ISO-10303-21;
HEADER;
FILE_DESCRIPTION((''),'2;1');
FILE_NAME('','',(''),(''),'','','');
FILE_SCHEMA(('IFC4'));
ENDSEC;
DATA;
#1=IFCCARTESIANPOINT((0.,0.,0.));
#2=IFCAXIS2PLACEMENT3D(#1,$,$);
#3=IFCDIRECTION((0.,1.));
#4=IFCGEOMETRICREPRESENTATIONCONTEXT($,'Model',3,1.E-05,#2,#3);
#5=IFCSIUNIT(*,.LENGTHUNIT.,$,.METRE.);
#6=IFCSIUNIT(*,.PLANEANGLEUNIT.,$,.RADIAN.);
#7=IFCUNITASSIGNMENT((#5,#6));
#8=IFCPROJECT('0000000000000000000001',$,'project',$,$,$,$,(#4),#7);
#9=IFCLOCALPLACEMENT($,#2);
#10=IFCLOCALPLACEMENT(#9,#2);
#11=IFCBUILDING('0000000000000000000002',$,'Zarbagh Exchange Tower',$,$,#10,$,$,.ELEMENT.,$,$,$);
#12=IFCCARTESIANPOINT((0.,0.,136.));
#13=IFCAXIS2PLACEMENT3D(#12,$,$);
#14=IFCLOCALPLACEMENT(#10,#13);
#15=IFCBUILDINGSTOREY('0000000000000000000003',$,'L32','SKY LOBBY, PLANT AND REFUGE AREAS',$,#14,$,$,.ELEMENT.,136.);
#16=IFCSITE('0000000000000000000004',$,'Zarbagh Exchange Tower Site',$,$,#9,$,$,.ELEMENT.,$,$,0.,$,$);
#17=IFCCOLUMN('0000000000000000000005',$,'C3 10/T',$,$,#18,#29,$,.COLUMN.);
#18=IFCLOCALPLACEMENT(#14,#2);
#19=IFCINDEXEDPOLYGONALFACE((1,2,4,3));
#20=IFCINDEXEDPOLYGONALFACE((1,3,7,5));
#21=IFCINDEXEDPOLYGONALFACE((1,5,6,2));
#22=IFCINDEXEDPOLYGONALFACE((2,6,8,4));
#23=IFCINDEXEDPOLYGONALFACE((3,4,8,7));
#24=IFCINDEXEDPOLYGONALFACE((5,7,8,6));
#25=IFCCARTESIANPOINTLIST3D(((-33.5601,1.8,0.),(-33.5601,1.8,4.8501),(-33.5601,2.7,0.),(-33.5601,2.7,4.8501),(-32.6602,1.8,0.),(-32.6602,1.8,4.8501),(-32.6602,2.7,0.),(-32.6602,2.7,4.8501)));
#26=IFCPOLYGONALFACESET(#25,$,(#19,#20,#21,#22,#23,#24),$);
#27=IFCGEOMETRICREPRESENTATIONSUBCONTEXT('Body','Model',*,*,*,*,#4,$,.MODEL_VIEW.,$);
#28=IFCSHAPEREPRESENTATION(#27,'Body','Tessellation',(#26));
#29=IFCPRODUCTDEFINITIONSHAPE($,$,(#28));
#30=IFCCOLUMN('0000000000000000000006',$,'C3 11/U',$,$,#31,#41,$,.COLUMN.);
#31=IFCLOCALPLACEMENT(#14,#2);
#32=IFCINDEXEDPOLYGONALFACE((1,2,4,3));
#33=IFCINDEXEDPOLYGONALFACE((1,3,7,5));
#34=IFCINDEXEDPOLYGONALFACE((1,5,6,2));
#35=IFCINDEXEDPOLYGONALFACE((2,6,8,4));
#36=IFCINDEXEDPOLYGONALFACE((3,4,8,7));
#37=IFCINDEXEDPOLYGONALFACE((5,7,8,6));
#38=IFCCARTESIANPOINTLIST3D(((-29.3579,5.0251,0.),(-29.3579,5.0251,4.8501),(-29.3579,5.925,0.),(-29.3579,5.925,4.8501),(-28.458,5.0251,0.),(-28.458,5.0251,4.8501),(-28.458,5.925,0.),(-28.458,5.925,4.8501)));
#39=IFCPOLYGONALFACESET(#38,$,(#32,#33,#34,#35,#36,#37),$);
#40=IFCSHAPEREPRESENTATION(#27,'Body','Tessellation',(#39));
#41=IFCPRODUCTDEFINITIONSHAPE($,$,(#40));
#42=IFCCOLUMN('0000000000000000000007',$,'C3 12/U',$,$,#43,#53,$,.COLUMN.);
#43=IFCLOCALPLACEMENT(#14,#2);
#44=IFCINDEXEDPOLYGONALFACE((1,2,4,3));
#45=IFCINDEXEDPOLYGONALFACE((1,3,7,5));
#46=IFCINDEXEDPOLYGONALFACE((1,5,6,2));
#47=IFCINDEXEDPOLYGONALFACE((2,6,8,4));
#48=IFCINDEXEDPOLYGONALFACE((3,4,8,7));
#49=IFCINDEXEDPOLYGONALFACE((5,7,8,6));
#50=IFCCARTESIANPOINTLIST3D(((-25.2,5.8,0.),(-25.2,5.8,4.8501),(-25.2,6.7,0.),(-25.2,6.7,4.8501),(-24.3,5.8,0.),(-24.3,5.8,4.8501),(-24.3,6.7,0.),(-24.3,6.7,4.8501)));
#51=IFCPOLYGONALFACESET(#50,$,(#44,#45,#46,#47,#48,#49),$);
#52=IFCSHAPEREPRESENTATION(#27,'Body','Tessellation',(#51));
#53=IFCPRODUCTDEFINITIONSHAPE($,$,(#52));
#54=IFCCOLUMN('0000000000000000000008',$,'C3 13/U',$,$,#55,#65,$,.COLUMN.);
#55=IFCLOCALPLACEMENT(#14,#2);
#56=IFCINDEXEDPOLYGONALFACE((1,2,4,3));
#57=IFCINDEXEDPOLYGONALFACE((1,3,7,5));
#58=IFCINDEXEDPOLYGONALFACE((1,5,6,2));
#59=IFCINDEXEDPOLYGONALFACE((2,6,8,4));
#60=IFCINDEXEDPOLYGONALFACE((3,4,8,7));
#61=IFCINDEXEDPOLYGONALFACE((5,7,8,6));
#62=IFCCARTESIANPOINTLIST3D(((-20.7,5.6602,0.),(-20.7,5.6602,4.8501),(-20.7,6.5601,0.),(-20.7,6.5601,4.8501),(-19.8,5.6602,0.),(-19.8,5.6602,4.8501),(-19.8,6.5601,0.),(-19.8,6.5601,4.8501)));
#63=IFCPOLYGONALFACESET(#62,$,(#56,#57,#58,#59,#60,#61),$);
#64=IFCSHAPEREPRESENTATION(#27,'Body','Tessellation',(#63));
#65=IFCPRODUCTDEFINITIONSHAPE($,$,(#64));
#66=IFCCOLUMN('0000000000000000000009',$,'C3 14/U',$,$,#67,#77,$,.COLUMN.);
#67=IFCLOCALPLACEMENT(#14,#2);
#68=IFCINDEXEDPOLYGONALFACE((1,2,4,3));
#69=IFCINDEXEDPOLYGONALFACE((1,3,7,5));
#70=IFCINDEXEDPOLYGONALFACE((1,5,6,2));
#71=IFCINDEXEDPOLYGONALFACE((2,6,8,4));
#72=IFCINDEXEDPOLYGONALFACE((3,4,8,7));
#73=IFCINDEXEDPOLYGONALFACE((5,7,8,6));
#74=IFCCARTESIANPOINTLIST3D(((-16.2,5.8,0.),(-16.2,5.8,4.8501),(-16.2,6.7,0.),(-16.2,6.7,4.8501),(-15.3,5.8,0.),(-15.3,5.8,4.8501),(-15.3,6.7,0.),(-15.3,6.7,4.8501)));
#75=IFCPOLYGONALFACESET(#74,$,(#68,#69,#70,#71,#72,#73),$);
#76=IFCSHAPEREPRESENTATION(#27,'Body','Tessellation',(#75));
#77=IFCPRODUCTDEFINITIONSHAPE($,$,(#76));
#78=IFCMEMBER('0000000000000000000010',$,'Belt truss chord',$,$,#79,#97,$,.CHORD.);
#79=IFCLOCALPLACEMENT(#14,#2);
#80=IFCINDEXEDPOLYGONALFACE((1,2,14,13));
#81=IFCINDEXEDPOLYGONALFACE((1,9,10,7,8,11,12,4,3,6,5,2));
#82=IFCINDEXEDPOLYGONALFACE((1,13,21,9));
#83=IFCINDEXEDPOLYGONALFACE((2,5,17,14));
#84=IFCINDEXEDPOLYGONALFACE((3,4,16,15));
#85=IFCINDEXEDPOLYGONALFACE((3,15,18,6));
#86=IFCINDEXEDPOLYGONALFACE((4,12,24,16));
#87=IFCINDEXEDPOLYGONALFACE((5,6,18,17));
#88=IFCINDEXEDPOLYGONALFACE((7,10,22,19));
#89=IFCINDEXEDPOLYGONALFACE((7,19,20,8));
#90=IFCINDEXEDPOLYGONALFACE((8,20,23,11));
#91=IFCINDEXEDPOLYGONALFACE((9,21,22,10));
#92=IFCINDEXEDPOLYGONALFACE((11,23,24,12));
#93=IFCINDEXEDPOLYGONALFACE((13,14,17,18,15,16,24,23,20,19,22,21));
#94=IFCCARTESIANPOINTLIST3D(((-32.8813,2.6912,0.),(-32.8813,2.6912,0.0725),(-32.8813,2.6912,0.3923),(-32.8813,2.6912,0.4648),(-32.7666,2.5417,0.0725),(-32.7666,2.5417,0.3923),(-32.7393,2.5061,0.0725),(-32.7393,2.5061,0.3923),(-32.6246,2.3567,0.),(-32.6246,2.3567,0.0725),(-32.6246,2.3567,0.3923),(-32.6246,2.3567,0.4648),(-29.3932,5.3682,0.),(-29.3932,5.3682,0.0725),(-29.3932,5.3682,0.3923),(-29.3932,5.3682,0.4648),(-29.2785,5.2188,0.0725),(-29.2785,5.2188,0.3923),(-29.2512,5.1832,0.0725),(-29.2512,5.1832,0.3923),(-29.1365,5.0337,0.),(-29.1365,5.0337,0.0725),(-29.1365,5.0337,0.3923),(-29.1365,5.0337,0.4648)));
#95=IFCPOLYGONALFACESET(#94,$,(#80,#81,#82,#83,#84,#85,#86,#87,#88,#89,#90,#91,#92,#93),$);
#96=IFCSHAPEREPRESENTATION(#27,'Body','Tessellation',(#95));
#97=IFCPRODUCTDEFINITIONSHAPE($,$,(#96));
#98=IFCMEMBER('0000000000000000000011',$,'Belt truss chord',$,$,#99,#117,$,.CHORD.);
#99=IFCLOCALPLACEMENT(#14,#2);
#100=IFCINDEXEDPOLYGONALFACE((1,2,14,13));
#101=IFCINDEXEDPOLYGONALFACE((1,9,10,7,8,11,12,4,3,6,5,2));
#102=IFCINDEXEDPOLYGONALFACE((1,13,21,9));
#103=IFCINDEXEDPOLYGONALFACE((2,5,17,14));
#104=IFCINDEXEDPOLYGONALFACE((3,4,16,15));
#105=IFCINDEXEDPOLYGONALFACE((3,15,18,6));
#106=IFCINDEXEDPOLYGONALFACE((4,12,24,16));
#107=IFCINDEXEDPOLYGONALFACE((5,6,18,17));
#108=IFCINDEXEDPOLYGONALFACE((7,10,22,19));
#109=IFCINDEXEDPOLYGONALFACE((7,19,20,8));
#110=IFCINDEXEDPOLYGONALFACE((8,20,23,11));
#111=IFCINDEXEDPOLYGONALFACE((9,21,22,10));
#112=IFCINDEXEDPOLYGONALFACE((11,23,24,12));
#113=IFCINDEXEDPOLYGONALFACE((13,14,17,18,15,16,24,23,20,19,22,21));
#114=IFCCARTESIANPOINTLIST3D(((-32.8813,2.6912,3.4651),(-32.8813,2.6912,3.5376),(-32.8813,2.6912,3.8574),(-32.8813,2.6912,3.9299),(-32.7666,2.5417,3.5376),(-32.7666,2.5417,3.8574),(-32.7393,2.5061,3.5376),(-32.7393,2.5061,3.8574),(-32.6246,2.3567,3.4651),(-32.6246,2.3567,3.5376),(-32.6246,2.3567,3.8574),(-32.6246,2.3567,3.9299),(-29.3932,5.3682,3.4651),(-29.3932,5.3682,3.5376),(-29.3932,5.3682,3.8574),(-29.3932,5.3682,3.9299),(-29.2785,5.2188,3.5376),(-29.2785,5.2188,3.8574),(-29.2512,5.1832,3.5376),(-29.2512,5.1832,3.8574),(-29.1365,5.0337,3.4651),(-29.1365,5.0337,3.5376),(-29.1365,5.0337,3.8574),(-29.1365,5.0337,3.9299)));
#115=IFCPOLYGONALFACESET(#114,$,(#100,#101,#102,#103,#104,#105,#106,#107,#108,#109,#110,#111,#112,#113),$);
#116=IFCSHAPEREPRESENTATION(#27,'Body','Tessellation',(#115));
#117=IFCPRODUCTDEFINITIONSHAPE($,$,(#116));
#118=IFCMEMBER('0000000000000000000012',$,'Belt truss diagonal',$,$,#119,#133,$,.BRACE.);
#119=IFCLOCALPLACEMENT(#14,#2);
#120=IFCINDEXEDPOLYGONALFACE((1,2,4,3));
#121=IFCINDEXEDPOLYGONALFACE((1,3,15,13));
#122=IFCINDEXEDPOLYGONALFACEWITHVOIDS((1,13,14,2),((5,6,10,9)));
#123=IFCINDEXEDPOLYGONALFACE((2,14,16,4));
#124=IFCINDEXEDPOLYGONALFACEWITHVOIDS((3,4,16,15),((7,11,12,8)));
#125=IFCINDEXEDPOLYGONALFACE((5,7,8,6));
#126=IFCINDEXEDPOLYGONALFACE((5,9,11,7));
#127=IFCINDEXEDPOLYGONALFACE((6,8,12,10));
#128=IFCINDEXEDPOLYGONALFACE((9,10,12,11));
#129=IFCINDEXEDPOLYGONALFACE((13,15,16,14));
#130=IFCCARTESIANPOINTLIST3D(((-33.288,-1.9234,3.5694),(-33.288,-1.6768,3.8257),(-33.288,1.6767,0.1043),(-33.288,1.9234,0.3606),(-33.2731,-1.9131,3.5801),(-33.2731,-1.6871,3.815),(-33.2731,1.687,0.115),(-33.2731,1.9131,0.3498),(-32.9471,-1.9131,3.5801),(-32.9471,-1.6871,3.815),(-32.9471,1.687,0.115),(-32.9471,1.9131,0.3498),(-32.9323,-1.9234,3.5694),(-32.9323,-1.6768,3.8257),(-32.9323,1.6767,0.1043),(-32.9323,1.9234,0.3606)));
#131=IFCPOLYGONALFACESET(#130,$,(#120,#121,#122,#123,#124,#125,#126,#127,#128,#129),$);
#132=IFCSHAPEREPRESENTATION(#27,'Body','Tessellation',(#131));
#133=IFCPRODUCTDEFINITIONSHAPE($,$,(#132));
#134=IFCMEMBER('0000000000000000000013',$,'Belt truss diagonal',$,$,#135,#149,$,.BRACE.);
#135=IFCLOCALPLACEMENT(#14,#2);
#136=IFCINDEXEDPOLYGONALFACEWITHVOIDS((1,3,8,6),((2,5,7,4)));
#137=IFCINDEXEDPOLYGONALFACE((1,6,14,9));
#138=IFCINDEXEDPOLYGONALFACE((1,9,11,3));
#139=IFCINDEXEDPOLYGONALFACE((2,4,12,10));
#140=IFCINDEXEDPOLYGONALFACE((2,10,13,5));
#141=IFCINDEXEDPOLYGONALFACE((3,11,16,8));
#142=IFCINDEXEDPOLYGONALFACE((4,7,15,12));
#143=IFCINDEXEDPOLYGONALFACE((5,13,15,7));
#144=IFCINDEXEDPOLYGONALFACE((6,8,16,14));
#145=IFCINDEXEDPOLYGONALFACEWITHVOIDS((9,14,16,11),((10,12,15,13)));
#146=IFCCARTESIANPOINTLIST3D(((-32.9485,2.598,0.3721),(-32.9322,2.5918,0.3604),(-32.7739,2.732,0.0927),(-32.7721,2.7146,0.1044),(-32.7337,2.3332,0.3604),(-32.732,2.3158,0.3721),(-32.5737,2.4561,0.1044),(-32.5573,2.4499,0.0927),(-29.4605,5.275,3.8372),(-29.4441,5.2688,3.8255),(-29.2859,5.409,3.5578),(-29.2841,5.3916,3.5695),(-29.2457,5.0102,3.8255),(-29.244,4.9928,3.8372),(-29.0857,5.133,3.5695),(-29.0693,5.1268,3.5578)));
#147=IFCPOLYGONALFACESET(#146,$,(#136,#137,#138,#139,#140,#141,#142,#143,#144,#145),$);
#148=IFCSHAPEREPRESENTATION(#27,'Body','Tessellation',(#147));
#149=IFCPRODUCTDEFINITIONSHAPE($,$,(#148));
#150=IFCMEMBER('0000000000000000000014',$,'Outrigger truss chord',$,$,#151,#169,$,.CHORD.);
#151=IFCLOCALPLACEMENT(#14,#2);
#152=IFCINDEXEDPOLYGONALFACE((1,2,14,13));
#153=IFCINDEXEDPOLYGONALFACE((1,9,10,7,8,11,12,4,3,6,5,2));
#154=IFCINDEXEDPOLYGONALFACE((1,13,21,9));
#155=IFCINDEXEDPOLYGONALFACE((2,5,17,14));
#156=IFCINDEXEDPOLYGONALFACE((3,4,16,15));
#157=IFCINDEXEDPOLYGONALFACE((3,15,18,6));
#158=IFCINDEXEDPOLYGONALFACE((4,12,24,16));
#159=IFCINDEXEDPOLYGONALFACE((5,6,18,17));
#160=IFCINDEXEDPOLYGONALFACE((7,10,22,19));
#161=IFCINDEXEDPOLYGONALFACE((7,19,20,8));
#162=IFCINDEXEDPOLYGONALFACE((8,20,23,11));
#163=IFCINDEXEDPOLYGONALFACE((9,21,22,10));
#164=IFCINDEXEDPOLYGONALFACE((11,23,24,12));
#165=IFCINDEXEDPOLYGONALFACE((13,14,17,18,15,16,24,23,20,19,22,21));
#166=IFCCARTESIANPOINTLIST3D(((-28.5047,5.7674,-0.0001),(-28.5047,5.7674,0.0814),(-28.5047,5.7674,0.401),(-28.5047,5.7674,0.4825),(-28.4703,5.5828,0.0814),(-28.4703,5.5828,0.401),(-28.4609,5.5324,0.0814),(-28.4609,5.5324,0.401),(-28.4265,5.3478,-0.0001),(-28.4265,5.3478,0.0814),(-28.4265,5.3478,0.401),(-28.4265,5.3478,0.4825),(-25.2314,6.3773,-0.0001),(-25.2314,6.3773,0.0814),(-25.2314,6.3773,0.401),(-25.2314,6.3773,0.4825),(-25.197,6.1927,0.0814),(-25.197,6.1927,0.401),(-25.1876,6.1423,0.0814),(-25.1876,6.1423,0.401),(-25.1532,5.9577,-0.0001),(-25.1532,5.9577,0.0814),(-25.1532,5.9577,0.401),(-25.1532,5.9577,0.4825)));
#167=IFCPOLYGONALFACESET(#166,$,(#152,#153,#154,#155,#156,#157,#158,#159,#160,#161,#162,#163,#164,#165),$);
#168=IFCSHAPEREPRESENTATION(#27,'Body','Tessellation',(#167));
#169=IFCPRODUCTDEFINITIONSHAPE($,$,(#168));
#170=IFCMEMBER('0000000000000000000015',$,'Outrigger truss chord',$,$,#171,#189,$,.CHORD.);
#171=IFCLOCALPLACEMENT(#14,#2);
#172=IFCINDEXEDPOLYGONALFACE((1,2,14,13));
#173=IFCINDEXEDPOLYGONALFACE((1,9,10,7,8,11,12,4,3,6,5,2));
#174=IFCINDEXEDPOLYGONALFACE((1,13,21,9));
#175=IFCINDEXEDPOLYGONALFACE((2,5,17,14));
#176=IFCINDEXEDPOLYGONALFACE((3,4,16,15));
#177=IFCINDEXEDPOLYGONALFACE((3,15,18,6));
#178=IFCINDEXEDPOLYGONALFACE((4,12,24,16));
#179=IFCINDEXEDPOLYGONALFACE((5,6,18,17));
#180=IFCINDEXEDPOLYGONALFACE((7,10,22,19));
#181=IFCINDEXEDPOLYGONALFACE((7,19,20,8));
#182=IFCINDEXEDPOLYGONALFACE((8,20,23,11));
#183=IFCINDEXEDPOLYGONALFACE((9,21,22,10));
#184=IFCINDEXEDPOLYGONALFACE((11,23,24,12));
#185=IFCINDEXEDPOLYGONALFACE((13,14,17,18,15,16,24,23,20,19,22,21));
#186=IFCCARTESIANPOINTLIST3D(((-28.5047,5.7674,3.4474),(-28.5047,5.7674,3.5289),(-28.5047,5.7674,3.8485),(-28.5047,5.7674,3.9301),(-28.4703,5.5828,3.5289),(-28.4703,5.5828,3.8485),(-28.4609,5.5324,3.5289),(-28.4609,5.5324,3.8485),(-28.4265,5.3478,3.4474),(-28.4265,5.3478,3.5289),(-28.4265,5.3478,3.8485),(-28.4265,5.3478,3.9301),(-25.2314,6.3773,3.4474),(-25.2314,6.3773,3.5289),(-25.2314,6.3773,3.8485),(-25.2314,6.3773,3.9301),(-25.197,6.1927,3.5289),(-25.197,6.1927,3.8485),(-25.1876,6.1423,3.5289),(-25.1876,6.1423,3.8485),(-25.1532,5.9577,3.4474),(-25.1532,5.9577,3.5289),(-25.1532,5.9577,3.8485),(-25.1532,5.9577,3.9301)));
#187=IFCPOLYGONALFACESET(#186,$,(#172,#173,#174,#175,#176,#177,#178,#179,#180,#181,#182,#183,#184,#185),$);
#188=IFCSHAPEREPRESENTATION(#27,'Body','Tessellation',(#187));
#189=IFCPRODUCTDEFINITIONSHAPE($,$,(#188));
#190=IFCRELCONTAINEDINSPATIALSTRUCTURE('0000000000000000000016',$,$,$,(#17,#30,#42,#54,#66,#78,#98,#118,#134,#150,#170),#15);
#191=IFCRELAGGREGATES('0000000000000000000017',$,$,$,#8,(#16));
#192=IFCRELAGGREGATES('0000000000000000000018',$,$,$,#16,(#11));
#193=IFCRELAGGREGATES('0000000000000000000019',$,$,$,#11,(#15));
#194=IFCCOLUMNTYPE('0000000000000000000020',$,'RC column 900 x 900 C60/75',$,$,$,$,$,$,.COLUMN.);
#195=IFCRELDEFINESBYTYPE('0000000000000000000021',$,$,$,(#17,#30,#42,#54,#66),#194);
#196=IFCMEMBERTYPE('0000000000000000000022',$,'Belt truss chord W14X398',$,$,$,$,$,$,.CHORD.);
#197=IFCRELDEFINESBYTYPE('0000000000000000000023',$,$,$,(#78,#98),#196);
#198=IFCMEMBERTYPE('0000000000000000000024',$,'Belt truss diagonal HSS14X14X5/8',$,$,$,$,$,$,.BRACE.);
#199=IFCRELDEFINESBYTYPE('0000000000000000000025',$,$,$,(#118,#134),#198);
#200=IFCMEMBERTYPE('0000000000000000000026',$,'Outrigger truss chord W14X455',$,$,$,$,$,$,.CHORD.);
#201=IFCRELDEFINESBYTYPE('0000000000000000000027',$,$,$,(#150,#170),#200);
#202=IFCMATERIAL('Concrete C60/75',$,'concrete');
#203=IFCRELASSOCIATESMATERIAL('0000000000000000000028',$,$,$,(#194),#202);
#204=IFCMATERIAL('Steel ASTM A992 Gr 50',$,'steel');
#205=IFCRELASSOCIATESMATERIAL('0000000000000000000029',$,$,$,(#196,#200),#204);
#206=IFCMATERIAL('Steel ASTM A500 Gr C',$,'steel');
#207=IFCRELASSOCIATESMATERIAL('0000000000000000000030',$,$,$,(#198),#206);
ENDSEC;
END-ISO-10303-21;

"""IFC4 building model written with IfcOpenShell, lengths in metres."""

from ifc_helpers import new_model, si_unit, direction, frame, origin, origin_2d, place, context, subcontext, project, spatial, rectangle, hollow_rectangle, i_section, extrude, material, material_profile, profile_set, type_object, element, save


model = new_model("IFC4")

# Units and contexts
model_context = context("Model", 3, precision=1e-05, world=origin(), true_north=direction((0.0, 1.0)))
body_context = subcontext(model_context, "Body", "Model", "MODEL_VIEW")
ifc_project = project(units=[si_unit("LENGTHUNIT", "METRE"), si_unit("PLANEANGLEUNIT", "RADIAN")], contexts=[model_context])

# Site, building, storey
site_placement = place(None, origin())
site = spatial("IfcSite", under=ifc_project, at=site_placement, Name="Zarbagh Exchange Tower Site", CompositionType="ELEMENT", RefElevation=0.0)
building_placement = place(site_placement, origin())
building = spatial("IfcBuilding", under=site, at=building_placement, Name="Zarbagh Exchange Tower", CompositionType="ELEMENT")
storey_placement = place(building_placement, frame((0.0, 0.0, 136.0)))
storey = spatial("IfcBuildingStorey", under=building, at=storey_placement, Name="L32", Description="SKY LOBBY, PLANT AND REFUGE AREAS", CompositionType="ELEMENT", Elevation=136.0)

# Columns
ifc_material_1 = material(Name="Concrete C60/75", Category="concrete")
ifc_material_profile_1 = material_profile(ifc_material_1, rectangle(XDim=0.8999, YDim=0.8999, at=origin_2d()), Name="RC column 900 x 900 C60/75")
ifc_profile_set_1 = profile_set([ifc_material_profile_1], Name="Concrete C60/75")
column_type = type_object("IfcColumnType", Name="RC column 900 x 900 C60/75", PredefinedType="COLUMN", material=ifc_profile_set_1)
for number, where, z_axis, x_axis, name in (
    (1, (-33.1101, 2.25, 0.0), (0.0, 0.0, 1.0), (1.0, 0.0, 0.0), "C3 10/T"),
    (2, (-28.908, 5.4751, 0.0), (0.0, 0.0, 1.0), (1.0, 0.0, 0.0), "C3 11/U"),
    (3, (-24.75, 6.25, 0.0), (0.0, 0.0, 1.0), (1.0, 0.0, 0.0), "C3 12/U"),
    (4, (-20.25, 6.1101, 0.0), (0.0, 0.0, 1.0), (1.0, 0.0, 0.0), "C3 13/U"),
    (5, (-15.75, 6.25, 0.0), (0.0, 0.0, 1.0), (1.0, 0.0, 0.0), "C3 14/U"),
):
    element("IfcColumn", number, at=place(storey_placement, frame(where, z_axis=z_axis, x_axis=x_axis)), inside=storey, type_object=column_type, Name=name, PredefinedType="COLUMN", context=body_context, shape_type="SweptSolid", body=[
        extrude(rectangle(XDim=0.8999, YDim=0.8999, at=origin_2d()), origin(), (0.0, 0.0, 1.0), 4.8501),
    ])

# Members
ifc_material_2 = material(Name="Steel ASTM A992 Gr 50", Category="steel")
ifc_material_profile_2 = material_profile(ifc_material_2, i_section(OverallWidth=0.4216, OverallDepth=0.4648, WebThickness=0.0449, FlangeThickness=0.0725, at=origin_2d()), Name="W14X398")
ifc_profile_set_2 = profile_set([ifc_material_profile_2], Name="Steel ASTM A992 Gr 50")
member_type_1 = type_object("IfcMemberType", Name="Belt truss chord W14X398", PredefinedType="CHORD", material=ifc_profile_set_2)
for number, where, z_axis, x_axis, name in (
    (6, (-32.7529, 2.5239, 0.2324), (0.793294, 0.608838, 0.0), (-0.608838, 0.793294, 0.0), "Belt truss chord"),
    (7, (-32.7529, 2.5239, 3.6975), (0.793294, 0.608838, 0.0), (-0.608838, 0.793294, 0.0), "Belt truss chord"),
):
    element("IfcMember", number, at=place(storey_placement, frame(where, z_axis=z_axis, x_axis=x_axis)), inside=storey, type_object=member_type_1, Name=name, PredefinedType="CHORD", context=body_context, shape_type="SweptSolid", body=[
        extrude(i_section(OverallWidth=0.4216, OverallDepth=0.4648, WebThickness=0.0449, FlangeThickness=0.0725, at=origin_2d()), origin(), (0.0, 0.0, 1.0), 4.397),
    ])
ifc_material_3 = material(Name="Steel ASTM A500 Gr C", Category="steel")
ifc_material_profile_3 = material_profile(ifc_material_3, hollow_rectangle(XDim=0.3557, YDim=0.3557, WallThickness=0.0149, at=origin_2d()), Name="HSS14X14X5/8")
ifc_profile_set_3 = profile_set([ifc_material_profile_3], Name="Steel ASTM A500 Gr C")
member_type_2 = type_object("IfcMemberType", Name="Belt truss diagonal HSS14X14X5/8", PredefinedType="BRACE", material=ifc_profile_set_3)
member_1_placement = place(storey_placement, frame((-33.1101, 1.8, 0.2324), z_axis=(0.0, -0.720487, 0.693468), x_axis=(1.0, 0.0, 0.0)))
element("IfcMember", 8, at=member_1_placement, inside=storey, type_object=member_type_2, Name="Belt truss diagonal", PredefinedType="BRACE", context=body_context, shape_type="SweptSolid", body=[
    extrude(hollow_rectangle(XDim=0.3557, YDim=0.3557, WallThickness=0.0149, at=origin_2d()), origin(), (0.0, 0.0, 1.0), 4.9968),
])
member_2_placement = place(storey_placement, frame((-32.7529, 2.5239, 0.2324), z_axis=(0.623067, 0.478192, 0.618967), x_axis=(-0.608838, 0.793294, 0.0)))
element("IfcMember", 9, at=member_2_placement, inside=storey, type_object=member_type_2, Name="Belt truss diagonal", PredefinedType="BRACE", context=body_context, shape_type="SweptSolid", body=[
    extrude(hollow_rectangle(XDim=0.3557, YDim=0.3557, WallThickness=0.0149, at=origin_2d()), origin(), (0.0, 0.0, 1.0), 5.5981),
])
ifc_material_profile_4 = material_profile(ifc_material_2, i_section(OverallWidth=0.4268, OverallDepth=0.4827, WebThickness=0.0513, FlangeThickness=0.0815, at=origin_2d()), Name="W14X455")
ifc_profile_set_4 = profile_set([ifc_material_profile_4], Name="Steel ASTM A992 Gr 50")
member_type_3 = type_object("IfcMemberType", Name="Outrigger truss chord W14X455", PredefinedType="CHORD", material=ifc_profile_set_4)
for number, where, z_axis, x_axis, name in (
    (10, (-28.4656, 5.5576, 0.2412), (0.983082, 0.183168, 0.0), (-0.183168, 0.983082, 0.0), "Outrigger truss chord"),
    (11, (-28.4656, 5.5576, 3.6887), (0.983082, 0.183168, 0.0), (-0.183168, 0.983082, 0.0), "Outrigger truss chord"),
):
    element("IfcMember", number, at=place(storey_placement, frame(where, z_axis=z_axis, x_axis=x_axis)), inside=storey, type_object=member_type_3, Name=name, PredefinedType="CHORD", context=body_context, shape_type="SweptSolid", body=[
        extrude(i_section(OverallWidth=0.4268, OverallDepth=0.4827, WebThickness=0.0513, FlangeThickness=0.0815, at=origin_2d()), origin(), (0.0, 0.0, 1.0), 3.3296),
    ])

save(model, "model.ifc")
